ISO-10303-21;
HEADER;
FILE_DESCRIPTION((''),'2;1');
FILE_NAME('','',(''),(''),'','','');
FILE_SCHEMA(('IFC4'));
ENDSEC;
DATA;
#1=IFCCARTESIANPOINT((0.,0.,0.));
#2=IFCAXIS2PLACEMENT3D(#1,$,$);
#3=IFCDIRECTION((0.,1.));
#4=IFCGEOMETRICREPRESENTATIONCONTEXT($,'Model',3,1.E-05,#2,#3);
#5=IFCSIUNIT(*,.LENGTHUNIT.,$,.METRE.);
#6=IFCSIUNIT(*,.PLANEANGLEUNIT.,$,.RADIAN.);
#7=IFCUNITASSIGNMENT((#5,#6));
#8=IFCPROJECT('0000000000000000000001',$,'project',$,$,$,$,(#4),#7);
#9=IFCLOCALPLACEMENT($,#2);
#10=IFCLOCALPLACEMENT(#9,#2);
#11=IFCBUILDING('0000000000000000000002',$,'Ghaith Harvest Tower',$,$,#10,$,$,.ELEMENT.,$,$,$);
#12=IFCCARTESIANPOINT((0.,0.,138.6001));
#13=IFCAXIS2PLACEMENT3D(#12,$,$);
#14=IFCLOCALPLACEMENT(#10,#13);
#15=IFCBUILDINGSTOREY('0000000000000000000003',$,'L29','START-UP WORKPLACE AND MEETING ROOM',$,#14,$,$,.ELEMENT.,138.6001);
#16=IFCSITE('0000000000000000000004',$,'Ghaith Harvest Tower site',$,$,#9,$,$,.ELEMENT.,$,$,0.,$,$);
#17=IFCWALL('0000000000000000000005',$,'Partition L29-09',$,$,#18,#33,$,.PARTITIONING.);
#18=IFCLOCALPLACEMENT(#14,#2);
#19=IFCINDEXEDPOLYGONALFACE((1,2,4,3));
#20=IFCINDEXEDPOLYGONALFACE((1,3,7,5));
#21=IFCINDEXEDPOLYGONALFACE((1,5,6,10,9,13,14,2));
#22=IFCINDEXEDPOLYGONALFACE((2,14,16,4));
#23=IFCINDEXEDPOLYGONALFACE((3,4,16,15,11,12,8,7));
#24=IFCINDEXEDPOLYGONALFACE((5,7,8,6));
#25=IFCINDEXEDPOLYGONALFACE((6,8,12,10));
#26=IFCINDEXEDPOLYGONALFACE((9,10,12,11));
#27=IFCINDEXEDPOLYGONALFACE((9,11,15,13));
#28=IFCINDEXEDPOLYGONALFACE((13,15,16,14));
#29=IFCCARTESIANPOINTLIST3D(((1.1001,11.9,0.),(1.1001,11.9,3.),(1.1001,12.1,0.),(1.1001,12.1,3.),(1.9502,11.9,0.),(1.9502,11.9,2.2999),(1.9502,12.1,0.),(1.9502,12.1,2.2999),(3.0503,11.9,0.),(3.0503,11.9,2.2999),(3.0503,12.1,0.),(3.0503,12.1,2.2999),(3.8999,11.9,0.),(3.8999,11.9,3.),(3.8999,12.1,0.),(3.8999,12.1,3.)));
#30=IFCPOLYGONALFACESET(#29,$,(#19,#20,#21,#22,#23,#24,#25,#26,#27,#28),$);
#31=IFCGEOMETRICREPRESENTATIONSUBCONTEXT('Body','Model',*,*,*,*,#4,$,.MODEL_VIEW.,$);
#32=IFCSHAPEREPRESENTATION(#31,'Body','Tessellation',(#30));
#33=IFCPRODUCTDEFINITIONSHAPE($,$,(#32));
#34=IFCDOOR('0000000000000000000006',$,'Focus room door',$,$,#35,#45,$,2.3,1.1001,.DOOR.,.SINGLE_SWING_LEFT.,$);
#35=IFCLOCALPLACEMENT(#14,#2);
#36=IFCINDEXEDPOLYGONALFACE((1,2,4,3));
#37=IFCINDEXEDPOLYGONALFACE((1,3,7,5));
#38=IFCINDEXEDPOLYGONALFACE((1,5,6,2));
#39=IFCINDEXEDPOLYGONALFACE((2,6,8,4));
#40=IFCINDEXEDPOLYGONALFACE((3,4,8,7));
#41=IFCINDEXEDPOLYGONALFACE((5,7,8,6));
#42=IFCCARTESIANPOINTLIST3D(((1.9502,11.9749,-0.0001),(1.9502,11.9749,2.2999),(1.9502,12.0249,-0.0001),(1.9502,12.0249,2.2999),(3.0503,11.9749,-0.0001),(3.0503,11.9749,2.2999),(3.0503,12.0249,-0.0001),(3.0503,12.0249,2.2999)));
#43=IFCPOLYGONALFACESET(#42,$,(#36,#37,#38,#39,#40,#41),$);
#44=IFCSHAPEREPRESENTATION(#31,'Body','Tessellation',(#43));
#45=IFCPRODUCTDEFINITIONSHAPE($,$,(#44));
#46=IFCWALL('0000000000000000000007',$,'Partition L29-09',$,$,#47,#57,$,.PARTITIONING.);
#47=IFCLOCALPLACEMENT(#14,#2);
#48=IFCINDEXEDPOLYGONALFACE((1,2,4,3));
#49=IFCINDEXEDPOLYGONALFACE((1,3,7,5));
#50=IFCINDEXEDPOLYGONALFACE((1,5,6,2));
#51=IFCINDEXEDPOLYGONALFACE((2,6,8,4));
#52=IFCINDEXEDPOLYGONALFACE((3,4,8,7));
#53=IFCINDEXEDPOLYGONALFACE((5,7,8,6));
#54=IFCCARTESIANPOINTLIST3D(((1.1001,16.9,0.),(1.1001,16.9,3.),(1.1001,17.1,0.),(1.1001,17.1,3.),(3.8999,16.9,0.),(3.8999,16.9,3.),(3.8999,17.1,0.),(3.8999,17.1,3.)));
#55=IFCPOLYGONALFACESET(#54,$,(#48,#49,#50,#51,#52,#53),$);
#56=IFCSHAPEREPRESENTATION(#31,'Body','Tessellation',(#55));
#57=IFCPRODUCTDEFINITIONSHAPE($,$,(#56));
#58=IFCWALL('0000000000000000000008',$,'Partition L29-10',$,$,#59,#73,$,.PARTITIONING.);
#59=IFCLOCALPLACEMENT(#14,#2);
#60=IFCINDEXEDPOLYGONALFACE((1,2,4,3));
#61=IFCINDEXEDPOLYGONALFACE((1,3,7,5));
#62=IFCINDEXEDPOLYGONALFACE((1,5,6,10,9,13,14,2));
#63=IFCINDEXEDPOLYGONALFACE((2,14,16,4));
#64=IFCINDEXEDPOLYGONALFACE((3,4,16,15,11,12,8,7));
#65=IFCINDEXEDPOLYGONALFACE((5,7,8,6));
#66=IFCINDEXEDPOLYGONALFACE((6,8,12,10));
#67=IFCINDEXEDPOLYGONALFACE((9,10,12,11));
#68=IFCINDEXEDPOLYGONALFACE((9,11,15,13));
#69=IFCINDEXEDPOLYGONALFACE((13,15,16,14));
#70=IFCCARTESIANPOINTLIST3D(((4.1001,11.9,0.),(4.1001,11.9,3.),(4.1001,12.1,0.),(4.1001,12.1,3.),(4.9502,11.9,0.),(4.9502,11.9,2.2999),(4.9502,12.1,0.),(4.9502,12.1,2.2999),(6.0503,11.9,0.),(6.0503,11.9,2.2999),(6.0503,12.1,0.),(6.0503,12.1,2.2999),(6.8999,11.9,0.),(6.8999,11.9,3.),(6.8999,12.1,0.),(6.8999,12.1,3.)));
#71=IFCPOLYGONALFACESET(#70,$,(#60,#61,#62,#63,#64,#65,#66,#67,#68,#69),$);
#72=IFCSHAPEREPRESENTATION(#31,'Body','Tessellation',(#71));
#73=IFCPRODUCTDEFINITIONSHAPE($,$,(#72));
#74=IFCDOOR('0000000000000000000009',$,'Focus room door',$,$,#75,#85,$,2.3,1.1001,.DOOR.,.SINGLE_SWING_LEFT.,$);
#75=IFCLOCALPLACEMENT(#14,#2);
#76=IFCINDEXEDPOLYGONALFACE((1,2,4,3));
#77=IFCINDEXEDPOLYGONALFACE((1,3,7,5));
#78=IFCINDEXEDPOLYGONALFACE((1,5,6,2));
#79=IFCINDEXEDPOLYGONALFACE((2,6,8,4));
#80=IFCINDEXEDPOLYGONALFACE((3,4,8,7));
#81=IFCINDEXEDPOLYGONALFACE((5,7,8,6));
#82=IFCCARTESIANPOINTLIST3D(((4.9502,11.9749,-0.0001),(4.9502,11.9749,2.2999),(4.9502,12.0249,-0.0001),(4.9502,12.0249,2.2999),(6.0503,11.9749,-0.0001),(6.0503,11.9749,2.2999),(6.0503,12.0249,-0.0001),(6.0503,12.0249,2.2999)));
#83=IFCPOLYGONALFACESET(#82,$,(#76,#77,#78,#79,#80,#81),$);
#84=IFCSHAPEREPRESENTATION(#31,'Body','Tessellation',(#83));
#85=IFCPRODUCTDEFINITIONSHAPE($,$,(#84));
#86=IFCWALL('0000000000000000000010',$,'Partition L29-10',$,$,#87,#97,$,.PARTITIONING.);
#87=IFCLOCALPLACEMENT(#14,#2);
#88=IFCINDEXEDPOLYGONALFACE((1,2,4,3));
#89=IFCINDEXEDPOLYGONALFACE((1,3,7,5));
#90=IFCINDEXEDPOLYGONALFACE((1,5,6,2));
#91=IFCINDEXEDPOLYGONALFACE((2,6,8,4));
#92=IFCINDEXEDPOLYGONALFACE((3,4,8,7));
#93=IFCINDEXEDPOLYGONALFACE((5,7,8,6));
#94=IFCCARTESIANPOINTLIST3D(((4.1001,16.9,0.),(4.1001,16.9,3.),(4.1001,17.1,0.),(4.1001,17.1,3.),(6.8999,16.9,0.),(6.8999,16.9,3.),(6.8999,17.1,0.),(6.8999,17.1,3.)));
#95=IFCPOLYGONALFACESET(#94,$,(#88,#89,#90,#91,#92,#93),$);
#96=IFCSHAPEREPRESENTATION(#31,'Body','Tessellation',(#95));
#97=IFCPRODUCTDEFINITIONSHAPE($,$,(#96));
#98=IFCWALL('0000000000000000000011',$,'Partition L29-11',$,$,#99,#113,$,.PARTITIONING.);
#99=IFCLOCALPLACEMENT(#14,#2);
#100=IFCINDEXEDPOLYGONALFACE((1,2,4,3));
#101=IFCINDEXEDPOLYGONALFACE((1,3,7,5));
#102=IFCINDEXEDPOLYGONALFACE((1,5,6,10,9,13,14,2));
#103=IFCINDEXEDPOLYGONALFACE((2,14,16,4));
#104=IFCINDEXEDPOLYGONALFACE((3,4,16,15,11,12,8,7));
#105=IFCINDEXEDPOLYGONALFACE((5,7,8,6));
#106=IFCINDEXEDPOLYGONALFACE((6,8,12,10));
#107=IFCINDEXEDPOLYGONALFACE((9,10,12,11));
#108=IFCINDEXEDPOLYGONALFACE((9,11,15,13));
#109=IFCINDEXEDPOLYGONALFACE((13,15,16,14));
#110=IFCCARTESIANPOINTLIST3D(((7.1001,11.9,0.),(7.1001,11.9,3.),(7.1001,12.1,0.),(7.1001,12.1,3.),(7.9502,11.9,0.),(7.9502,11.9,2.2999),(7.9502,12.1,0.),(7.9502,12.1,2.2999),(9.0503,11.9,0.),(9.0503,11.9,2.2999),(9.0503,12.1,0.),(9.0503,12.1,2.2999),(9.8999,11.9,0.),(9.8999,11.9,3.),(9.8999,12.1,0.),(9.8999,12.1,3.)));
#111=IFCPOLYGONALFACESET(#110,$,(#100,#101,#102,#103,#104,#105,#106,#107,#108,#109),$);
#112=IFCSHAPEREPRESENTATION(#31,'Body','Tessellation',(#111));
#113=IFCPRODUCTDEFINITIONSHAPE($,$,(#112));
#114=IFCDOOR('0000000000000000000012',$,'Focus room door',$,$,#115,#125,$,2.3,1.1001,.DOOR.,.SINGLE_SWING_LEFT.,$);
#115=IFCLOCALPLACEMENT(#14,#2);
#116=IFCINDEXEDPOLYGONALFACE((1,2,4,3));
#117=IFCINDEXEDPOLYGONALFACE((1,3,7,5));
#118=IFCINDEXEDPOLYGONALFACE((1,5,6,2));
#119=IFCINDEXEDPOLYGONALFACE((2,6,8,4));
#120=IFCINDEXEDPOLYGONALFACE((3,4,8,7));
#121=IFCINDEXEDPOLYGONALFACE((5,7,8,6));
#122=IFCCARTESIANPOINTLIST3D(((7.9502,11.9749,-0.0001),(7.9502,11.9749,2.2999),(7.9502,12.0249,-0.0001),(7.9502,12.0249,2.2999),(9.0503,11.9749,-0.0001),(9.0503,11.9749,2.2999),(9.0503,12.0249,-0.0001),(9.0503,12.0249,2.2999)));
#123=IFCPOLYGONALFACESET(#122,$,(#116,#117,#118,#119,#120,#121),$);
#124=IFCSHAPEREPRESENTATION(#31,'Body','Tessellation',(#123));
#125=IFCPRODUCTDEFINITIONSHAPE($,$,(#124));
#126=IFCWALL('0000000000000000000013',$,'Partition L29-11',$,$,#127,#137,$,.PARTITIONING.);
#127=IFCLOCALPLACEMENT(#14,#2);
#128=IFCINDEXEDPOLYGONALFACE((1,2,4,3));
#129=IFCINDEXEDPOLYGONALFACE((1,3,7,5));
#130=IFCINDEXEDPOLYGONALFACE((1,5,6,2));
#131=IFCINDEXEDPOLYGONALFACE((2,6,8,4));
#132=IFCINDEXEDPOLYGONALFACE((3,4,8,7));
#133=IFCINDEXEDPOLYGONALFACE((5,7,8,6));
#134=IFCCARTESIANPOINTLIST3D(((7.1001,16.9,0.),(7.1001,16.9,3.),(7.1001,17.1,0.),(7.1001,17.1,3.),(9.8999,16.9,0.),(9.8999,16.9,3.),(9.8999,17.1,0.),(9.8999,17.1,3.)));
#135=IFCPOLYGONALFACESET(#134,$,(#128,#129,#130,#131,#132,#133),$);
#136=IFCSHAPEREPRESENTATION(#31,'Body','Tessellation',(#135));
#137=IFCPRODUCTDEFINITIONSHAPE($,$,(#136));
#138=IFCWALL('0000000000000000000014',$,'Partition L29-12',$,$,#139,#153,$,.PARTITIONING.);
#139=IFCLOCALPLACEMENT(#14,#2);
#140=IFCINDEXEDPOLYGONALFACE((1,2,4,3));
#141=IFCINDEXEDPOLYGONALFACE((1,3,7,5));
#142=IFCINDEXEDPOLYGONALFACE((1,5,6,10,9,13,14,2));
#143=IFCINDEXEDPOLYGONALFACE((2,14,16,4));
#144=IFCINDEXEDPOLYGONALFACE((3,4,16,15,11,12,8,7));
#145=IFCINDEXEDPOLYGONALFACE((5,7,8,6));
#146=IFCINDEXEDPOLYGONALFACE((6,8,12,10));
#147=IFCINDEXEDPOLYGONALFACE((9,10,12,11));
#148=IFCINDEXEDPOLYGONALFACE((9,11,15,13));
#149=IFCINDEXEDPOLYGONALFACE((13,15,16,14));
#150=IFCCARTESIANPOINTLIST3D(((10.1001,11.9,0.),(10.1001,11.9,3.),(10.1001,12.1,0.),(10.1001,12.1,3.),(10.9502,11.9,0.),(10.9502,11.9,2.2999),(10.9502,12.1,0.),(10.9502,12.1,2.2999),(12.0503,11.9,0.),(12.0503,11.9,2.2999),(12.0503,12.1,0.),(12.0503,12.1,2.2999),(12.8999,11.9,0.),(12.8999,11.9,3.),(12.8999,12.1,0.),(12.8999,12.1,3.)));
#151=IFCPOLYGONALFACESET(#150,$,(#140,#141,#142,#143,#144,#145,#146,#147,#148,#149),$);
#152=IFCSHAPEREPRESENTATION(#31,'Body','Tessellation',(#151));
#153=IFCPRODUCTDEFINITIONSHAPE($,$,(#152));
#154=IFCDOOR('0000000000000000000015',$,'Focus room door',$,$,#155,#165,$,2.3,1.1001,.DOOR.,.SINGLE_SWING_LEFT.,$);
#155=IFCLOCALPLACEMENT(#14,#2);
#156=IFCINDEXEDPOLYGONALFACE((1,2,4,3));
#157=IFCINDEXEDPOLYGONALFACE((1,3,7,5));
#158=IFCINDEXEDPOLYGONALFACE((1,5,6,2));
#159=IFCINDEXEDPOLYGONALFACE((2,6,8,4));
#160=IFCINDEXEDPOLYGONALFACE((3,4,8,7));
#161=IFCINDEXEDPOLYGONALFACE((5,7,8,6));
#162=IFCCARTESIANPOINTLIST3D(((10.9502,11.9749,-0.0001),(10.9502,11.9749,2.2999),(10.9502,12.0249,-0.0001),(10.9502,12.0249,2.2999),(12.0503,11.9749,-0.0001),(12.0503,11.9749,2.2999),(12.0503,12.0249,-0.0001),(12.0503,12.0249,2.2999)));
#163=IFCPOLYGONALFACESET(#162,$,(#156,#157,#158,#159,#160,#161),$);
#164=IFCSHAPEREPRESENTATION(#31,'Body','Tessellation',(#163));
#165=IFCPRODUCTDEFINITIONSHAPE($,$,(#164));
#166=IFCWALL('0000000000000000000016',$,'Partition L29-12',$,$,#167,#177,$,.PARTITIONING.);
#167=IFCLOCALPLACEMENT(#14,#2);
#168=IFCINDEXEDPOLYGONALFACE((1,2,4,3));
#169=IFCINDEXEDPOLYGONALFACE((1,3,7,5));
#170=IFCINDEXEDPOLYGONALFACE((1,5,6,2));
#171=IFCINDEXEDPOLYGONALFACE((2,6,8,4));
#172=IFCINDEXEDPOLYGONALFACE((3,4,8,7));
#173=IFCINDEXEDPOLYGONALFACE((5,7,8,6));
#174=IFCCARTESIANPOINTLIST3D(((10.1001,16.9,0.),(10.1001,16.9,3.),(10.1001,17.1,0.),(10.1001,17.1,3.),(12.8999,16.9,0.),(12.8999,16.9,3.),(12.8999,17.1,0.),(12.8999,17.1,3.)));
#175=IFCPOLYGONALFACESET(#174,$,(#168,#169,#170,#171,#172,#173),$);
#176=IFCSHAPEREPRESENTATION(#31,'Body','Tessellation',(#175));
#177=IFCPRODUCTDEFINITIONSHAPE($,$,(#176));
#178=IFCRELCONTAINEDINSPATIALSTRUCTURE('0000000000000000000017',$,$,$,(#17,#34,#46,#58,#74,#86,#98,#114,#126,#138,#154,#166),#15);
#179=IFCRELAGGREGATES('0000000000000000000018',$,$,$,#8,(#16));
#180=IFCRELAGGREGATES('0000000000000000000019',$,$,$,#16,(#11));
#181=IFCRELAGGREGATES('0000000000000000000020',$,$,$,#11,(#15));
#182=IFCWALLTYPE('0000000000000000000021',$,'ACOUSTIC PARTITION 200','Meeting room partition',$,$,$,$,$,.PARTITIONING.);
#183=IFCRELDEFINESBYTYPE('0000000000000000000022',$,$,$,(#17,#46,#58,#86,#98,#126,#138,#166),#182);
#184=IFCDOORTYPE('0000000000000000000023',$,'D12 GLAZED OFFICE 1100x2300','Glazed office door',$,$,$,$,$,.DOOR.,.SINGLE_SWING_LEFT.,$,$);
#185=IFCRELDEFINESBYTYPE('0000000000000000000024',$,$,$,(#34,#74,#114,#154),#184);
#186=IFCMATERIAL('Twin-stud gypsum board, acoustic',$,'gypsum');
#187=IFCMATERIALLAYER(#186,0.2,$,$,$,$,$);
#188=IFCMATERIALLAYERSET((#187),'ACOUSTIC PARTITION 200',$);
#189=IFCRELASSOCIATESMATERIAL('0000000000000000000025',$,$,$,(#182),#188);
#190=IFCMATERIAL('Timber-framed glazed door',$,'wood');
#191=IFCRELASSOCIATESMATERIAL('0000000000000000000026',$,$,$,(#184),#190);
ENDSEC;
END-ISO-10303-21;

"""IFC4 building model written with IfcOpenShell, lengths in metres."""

from ifc_helpers import new_model, si_unit, direction, frame, frame_2d, origin, place, context, subcontext, project, spatial, rectangle, extrude, material, layer, layer_set, type_object, element, fill, save


model = new_model("IFC4")

# Units and contexts
model_context = context("Model", 3, precision=1e-05, world=origin(), true_north=direction((0.0, 1.0)))
body_context = subcontext(model_context, "Body", "Model", "MODEL_VIEW")
ifc_project = project(units=[si_unit("LENGTHUNIT", "METRE"), si_unit("PLANEANGLEUNIT", "RADIAN")], contexts=[model_context])

# Site, building, storey
site_placement = place(None, origin())
site = spatial("IfcSite", under=ifc_project, at=site_placement, Name="Ghaith Harvest Tower site", CompositionType="ELEMENT", RefElevation=0.0)
building_placement = place(site_placement, origin())
building = spatial("IfcBuilding", under=site, at=building_placement, Name="Ghaith Harvest Tower", CompositionType="ELEMENT")
storey_placement = place(building_placement, frame((0.0, 0.0, 138.6001)))
storey = spatial("IfcBuildingStorey", under=building, at=storey_placement, Name="L29", Description="START-UP WORKPLACE AND MEETING ROOM", CompositionType="ELEMENT", Elevation=138.6001)

# Shared definitions
ifc_material_1 = material(Name="Twin-stud gypsum board, acoustic", Category="gypsum")
ifc_layer_1 = layer(ifc_material_1, 0.2)
ifc_layer_set_1 = layer_set([ifc_layer_1], Name="ACOUSTIC PARTITION 200")
wall_type = type_object("IfcWallType", Name="ACOUSTIC PARTITION 200", Description="Meeting room partition", PredefinedType="PARTITIONING", material=ifc_layer_set_1)

# Wall, opening, door
wall_1_placement = place(storey_placement, frame((1.1001, 12.0, 0.0), z_axis=(0.0, 0.0, 1.0), x_axis=(1.0, 0.0, 0.0)))
wall_1 = element("IfcWall", 1, at=wall_1_placement, inside=storey, type_object=wall_type, Name="Partition L29-09", PredefinedType="PARTITIONING", context=body_context, shape_type="SweptSolid", body=[
    extrude(rectangle(XDim=2.7998, YDim=0.2, at=frame_2d((1.3999, 0.0))), origin(), (0.0, 0.0, 1.0), 3.0),
])
opening_1_placement = place(wall_1_placement, frame((0.8501, 0.0, 0.0)))
opening_1 = element("IfcOpeningElement", 2, at=opening_1_placement, cuts=wall_1, PredefinedType="OPENING", context=body_context, shape_type="SweptSolid", body=[
    extrude(rectangle(XDim=1.1001, YDim=2.3, at=frame_2d((0.55, 1.1499))), frame((0.0, 0.1099, 0.0), z_axis=(0.0, -1.0, 0.0), x_axis=(1.0, 0.0, 0.0)), (0.0, 0.0, 1.0), 0.22),
])
ifc_material_2 = material(Name="Timber-framed glazed door", Category="wood")
door_type = type_object("IfcDoorType", Name="D12 GLAZED OFFICE 1100x2300", Description="Glazed office door", OperationType="SINGLE_SWING_LEFT", PredefinedType="DOOR", material=ifc_material_2)
door_1_placement = place(opening_1_placement, origin())
door_1 = element("IfcDoor", 3, at=door_1_placement, inside=storey, type_object=door_type, Name="Focus room door", OperationType="SINGLE_SWING_LEFT", OverallHeight=2.3, OverallWidth=1.1001, PredefinedType="DOOR", context=body_context, shape_type="SweptSolid", body=[
    extrude(rectangle(XDim=1.1001, YDim=2.3, at=frame_2d((0.55, 1.1499))), frame((0.0, 0.0249, 0.0), z_axis=(0.0, -1.0, 0.0), x_axis=(1.0, 0.0, 0.0)), (0.0, 0.0, 1.0), 0.05),
])
fill(opening_1, door_1)

# Wall
wall_2_placement = place(storey_placement, frame((1.1001, 17.0, 0.0), z_axis=(0.0, 0.0, 1.0), x_axis=(1.0, 0.0, 0.0)))
element("IfcWall", 4, at=wall_2_placement, inside=storey, type_object=wall_type, Name="Partition L29-09", PredefinedType="PARTITIONING", context=body_context, shape_type="SweptSolid", body=[
    extrude(rectangle(XDim=2.7998, YDim=0.2, at=frame_2d((1.3999, 0.0))), origin(), (0.0, 0.0, 1.0), 3.0),
])

# Wall, opening, door
wall_3_placement = place(storey_placement, frame((4.1001, 12.0, 0.0), z_axis=(0.0, 0.0, 1.0), x_axis=(1.0, 0.0, 0.0)))
wall_3 = element("IfcWall", 5, at=wall_3_placement, inside=storey, type_object=wall_type, Name="Partition L29-10", PredefinedType="PARTITIONING", context=body_context, shape_type="SweptSolid", body=[
    extrude(rectangle(XDim=2.7998, YDim=0.2, at=frame_2d((1.3999, 0.0))), origin(), (0.0, 0.0, 1.0), 3.0),
])
opening_2_placement = place(wall_3_placement, frame((0.8501, 0.0, 0.0)))
opening_2 = element("IfcOpeningElement", 6, at=opening_2_placement, cuts=wall_3, PredefinedType="OPENING", context=body_context, shape_type="SweptSolid", body=[
    extrude(rectangle(XDim=1.1001, YDim=2.3, at=frame_2d((0.55, 1.1499))), frame((0.0, 0.1099, 0.0), z_axis=(0.0, -1.0, 0.0), x_axis=(1.0, 0.0, 0.0)), (0.0, 0.0, 1.0), 0.22),
])
door_2_placement = place(opening_2_placement, origin())
door_2 = element("IfcDoor", 7, at=door_2_placement, inside=storey, type_object=door_type, Name="Focus room door", OperationType="SINGLE_SWING_LEFT", OverallHeight=2.3, OverallWidth=1.1001, PredefinedType="DOOR", context=body_context, shape_type="SweptSolid", body=[
    extrude(rectangle(XDim=1.1001, YDim=2.3, at=frame_2d((0.55, 1.1499))), frame((0.0, 0.0249, 0.0), z_axis=(0.0, -1.0, 0.0), x_axis=(1.0, 0.0, 0.0)), (0.0, 0.0, 1.0), 0.05),
])
fill(opening_2, door_2)

# Wall
wall_4_placement = place(storey_placement, frame((4.1001, 17.0, 0.0), z_axis=(0.0, 0.0, 1.0), x_axis=(1.0, 0.0, 0.0)))
element("IfcWall", 8, at=wall_4_placement, inside=storey, type_object=wall_type, Name="Partition L29-10", PredefinedType="PARTITIONING", context=body_context, shape_type="SweptSolid", body=[
    extrude(rectangle(XDim=2.7998, YDim=0.2, at=frame_2d((1.3999, 0.0))), origin(), (0.0, 0.0, 1.0), 3.0),
])

# Wall, opening, door
wall_5_placement = place(storey_placement, frame((7.1001, 12.0, 0.0), z_axis=(0.0, 0.0, 1.0), x_axis=(1.0, 0.0, 0.0)))
wall_5 = element("IfcWall", 9, at=wall_5_placement, inside=storey, type_object=wall_type, Name="Partition L29-11", PredefinedType="PARTITIONING", context=body_context, shape_type="SweptSolid", body=[
    extrude(rectangle(XDim=2.7998, YDim=0.2, at=frame_2d((1.3999, 0.0))), origin(), (0.0, 0.0, 1.0), 3.0),
])
opening_3_placement = place(wall_5_placement, frame((0.8501, 0.0, 0.0)))
opening_3 = element("IfcOpeningElement", 10, at=opening_3_placement, cuts=wall_5, PredefinedType="OPENING", context=body_context, shape_type="SweptSolid", body=[
    extrude(rectangle(XDim=1.1001, YDim=2.3, at=frame_2d((0.55, 1.1499))), frame((0.0, 0.1099, 0.0), z_axis=(0.0, -1.0, 0.0), x_axis=(1.0, 0.0, 0.0)), (0.0, 0.0, 1.0), 0.22),
])
door_3_placement = place(opening_3_placement, origin())
door_3 = element("IfcDoor", 11, at=door_3_placement, inside=storey, type_object=door_type, Name="Focus room door", OperationType="SINGLE_SWING_LEFT", OverallHeight=2.3, OverallWidth=1.1001, PredefinedType="DOOR", context=body_context, shape_type="SweptSolid", body=[
    extrude(rectangle(XDim=1.1001, YDim=2.3, at=frame_2d((0.55, 1.1499))), frame((0.0, 0.0249, 0.0), z_axis=(0.0, -1.0, 0.0), x_axis=(1.0, 0.0, 0.0)), (0.0, 0.0, 1.0), 0.05),
])
fill(opening_3, door_3)

# Wall
wall_6_placement = place(storey_placement, frame((7.1001, 17.0, 0.0), z_axis=(0.0, 0.0, 1.0), x_axis=(1.0, 0.0, 0.0)))
element("IfcWall", 12, at=wall_6_placement, inside=storey, type_object=wall_type, Name="Partition L29-11", PredefinedType="PARTITIONING", context=body_context, shape_type="SweptSolid", body=[
    extrude(rectangle(XDim=2.7998, YDim=0.2, at=frame_2d((1.3999, 0.0))), origin(), (0.0, 0.0, 1.0), 3.0),
])

# Wall, opening, door
wall_7_placement = place(storey_placement, frame((10.1001, 12.0, 0.0), z_axis=(0.0, 0.0, 1.0), x_axis=(1.0, 0.0, 0.0)))
wall_7 = element("IfcWall", 13, at=wall_7_placement, inside=storey, type_object=wall_type, Name="Partition L29-12", PredefinedType="PARTITIONING", context=body_context, shape_type="SweptSolid", body=[
    extrude(rectangle(XDim=2.7998, YDim=0.2, at=frame_2d((1.3999, 0.0))), origin(), (0.0, 0.0, 1.0), 3.0),
])
opening_4_placement = place(wall_7_placement, frame((0.8501, 0.0, 0.0)))
opening_4 = element("IfcOpeningElement", 14, at=opening_4_placement, cuts=wall_7, PredefinedType="OPENING", context=body_context, shape_type="SweptSolid", body=[
    extrude(rectangle(XDim=1.1001, YDim=2.3, at=frame_2d((0.55, 1.1499))), frame((0.0, 0.1099, 0.0), z_axis=(0.0, -1.0, 0.0), x_axis=(1.0, 0.0, 0.0)), (0.0, 0.0, 1.0), 0.22),
])
door_4_placement = place(opening_4_placement, origin())
door_4 = element("IfcDoor", 15, at=door_4_placement, inside=storey, type_object=door_type, Name="Focus room door", OperationType="SINGLE_SWING_LEFT", OverallHeight=2.3, OverallWidth=1.1001, PredefinedType="DOOR", context=body_context, shape_type="SweptSolid", body=[
    extrude(rectangle(XDim=1.1001, YDim=2.3, at=frame_2d((0.55, 1.1499))), frame((0.0, 0.0249, 0.0), z_axis=(0.0, -1.0, 0.0), x_axis=(1.0, 0.0, 0.0)), (0.0, 0.0, 1.0), 0.05),
])
fill(opening_4, door_4)

# Wall
wall_8_placement = place(storey_placement, frame((10.1001, 17.0, 0.0), z_axis=(0.0, 0.0, 1.0), x_axis=(1.0, 0.0, 0.0)))
element("IfcWall", 16, at=wall_8_placement, inside=storey, type_object=wall_type, Name="Partition L29-12", PredefinedType="PARTITIONING", context=body_context, shape_type="SweptSolid", body=[
    extrude(rectangle(XDim=2.7998, YDim=0.2, at=frame_2d((1.3999, 0.0))), origin(), (0.0, 0.0, 1.0), 3.0),
])

save(model, "model.ifc")
